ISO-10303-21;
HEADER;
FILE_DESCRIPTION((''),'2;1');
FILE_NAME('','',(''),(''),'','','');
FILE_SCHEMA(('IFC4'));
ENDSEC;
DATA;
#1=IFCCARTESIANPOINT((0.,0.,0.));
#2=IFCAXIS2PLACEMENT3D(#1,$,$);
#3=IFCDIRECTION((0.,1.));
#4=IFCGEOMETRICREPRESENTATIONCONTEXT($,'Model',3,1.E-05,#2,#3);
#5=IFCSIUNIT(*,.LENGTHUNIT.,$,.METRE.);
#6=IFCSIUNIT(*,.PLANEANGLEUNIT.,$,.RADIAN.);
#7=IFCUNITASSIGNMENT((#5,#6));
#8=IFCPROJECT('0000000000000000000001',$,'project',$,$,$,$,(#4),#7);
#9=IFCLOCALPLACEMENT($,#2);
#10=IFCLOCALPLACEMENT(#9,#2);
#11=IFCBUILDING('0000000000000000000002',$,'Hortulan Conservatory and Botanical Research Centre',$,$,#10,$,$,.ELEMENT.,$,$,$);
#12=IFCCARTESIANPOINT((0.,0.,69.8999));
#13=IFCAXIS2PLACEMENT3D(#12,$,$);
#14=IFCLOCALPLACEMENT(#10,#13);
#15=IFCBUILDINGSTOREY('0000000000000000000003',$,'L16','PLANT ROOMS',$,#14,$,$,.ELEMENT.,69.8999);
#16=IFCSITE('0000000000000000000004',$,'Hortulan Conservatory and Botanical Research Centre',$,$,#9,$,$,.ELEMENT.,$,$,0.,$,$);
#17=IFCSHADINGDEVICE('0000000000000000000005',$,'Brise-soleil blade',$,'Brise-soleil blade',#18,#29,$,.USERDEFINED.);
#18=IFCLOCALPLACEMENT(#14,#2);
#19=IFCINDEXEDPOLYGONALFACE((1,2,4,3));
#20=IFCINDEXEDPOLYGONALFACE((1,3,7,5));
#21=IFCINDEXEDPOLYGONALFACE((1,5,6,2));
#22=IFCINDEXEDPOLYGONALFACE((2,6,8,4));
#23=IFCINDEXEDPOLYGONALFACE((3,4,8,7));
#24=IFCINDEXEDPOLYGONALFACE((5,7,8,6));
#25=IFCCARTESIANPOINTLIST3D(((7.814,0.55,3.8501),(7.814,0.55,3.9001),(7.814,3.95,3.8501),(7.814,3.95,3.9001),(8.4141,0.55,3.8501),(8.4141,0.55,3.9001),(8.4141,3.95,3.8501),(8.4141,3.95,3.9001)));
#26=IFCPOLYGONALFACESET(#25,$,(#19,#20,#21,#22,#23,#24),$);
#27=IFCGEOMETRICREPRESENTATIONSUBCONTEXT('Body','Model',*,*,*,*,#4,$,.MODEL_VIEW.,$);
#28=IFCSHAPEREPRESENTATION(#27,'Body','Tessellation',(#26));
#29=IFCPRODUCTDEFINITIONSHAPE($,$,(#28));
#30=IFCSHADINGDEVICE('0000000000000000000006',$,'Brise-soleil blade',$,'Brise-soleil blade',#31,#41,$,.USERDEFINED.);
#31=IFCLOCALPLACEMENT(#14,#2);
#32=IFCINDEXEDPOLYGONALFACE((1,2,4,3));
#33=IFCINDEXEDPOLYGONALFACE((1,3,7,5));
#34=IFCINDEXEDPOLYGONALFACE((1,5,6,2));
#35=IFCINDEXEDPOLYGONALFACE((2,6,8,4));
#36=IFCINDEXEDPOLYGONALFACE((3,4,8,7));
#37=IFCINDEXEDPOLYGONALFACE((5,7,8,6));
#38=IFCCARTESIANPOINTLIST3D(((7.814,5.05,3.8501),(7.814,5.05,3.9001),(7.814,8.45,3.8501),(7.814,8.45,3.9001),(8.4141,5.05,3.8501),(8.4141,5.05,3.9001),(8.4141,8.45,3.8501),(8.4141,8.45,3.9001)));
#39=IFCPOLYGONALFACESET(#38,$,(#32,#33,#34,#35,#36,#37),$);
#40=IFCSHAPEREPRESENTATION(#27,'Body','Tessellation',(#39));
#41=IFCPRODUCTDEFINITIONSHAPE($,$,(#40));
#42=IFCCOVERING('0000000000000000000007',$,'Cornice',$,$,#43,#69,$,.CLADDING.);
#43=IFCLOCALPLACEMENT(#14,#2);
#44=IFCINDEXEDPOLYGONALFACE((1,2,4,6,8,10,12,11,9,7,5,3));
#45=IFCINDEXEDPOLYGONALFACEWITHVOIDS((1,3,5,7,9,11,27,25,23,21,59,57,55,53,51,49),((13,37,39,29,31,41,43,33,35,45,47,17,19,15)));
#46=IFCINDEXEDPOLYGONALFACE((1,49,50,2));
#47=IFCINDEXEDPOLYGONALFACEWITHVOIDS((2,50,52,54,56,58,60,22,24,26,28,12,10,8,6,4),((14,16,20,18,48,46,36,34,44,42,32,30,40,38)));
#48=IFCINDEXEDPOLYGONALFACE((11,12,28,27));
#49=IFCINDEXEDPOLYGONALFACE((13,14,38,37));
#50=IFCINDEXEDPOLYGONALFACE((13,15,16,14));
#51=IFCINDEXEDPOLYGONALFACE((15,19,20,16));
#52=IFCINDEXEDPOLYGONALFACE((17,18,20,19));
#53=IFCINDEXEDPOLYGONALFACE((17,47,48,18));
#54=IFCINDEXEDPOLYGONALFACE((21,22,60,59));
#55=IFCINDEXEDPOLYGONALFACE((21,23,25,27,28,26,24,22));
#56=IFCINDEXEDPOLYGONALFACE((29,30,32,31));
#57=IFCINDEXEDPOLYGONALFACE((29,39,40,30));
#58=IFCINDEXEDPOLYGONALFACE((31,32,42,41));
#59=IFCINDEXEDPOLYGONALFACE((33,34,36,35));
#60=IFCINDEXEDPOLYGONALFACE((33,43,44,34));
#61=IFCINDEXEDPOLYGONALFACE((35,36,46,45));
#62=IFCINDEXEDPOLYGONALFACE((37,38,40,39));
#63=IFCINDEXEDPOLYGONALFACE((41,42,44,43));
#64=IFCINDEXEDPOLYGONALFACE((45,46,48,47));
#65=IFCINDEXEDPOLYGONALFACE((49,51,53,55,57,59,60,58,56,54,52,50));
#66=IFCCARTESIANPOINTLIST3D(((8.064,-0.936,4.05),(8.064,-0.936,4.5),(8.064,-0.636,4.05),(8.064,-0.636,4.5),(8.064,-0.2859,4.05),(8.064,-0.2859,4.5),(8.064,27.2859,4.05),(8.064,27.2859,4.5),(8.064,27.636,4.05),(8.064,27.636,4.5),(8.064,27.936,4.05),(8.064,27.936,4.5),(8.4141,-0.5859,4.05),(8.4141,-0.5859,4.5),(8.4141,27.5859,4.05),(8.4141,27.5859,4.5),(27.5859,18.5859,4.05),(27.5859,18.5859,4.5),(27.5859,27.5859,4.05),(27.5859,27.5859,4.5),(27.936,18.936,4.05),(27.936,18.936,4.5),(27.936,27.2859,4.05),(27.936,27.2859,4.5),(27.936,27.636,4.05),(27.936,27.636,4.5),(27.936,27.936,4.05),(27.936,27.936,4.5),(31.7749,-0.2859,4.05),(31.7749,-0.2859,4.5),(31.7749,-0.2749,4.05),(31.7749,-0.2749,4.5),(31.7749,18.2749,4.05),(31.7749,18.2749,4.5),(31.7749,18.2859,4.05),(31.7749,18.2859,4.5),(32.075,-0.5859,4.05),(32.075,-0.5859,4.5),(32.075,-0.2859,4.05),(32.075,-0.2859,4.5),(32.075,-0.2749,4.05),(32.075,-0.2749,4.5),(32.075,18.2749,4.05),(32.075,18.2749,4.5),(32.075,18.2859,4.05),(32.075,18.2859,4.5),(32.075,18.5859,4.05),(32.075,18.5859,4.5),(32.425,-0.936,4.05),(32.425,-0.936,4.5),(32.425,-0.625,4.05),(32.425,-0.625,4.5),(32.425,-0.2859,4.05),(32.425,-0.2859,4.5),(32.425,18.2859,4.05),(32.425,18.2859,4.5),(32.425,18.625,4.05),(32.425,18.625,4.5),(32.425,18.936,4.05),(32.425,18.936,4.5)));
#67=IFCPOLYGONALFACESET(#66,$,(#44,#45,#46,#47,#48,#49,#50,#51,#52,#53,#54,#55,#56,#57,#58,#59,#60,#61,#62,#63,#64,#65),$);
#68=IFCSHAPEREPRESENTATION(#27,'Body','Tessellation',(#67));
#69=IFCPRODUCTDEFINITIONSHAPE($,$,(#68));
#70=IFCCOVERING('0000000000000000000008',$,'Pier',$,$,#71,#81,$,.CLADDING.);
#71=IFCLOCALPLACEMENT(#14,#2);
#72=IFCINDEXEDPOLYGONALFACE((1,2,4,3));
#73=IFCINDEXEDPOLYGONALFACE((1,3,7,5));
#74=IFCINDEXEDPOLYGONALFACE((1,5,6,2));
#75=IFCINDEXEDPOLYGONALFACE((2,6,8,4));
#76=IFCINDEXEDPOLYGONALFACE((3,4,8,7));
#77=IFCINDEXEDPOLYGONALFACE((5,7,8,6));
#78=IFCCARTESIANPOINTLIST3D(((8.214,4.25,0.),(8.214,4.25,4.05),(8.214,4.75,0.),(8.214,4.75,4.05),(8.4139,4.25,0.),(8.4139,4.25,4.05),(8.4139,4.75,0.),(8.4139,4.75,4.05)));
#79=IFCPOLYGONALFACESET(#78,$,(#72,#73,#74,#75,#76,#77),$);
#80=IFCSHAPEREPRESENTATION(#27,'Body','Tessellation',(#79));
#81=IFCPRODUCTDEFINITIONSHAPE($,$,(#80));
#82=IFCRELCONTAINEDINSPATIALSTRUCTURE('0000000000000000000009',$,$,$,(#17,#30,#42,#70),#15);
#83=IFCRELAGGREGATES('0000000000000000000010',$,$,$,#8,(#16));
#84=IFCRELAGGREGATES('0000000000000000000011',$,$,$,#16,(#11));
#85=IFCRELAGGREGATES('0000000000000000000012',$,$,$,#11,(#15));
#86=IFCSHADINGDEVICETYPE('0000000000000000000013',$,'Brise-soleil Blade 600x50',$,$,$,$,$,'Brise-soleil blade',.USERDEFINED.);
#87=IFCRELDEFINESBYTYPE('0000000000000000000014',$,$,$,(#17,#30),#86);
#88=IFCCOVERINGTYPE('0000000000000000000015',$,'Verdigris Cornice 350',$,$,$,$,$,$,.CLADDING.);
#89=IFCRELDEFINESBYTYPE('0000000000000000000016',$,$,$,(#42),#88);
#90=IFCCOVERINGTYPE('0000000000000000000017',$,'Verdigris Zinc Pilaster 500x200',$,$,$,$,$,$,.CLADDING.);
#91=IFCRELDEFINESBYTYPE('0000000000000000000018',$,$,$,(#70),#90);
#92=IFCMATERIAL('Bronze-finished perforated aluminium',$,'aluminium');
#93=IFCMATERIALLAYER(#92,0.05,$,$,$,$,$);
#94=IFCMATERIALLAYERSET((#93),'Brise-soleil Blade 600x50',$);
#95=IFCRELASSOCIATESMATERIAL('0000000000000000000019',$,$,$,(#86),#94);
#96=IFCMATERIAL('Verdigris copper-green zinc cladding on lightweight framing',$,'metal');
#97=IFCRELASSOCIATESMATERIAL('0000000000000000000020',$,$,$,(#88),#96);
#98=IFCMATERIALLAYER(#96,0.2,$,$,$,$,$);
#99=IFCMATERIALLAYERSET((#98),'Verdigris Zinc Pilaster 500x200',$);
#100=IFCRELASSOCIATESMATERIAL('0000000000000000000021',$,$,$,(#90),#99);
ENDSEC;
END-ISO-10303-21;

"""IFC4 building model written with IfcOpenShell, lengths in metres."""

from ifc_helpers import new_model, si_unit, direction, frame, origin, origin_2d, place, context, subcontext, project, spatial, polyline, rectangle, outline, extrude, material, layer, layer_set, type_object, element, save


model = new_model("IFC4")

# Units and contexts
model_context = context("Model", 3, precision=1e-05, world=origin(), true_north=direction((0.0, 1.0)))
body_context = subcontext(model_context, "Body", "Model", "MODEL_VIEW")
ifc_project = project(units=[si_unit("LENGTHUNIT", "METRE"), si_unit("PLANEANGLEUNIT", "RADIAN")], contexts=[model_context])

# Site, building, storey
site_placement = place(None, origin())
site = spatial("IfcSite", under=ifc_project, at=site_placement, Name="Hortulan Conservatory and Botanical Research Centre", CompositionType="ELEMENT", RefElevation=0.0)
building_placement = place(site_placement, origin())
building = spatial("IfcBuilding", under=site, at=building_placement, Name="Hortulan Conservatory and Botanical Research Centre", CompositionType="ELEMENT")
storey_placement = place(building_placement, frame((0.0, 0.0, 69.8999)))
storey = spatial("IfcBuildingStorey", under=building, at=storey_placement, Name="L16", Description="PLANT ROOMS", CompositionType="ELEMENT", Elevation=69.8999)

# Shared definitions
ifc_material_1 = material(Name="Verdigris copper-green zinc cladding on lightweight framing", Category="metal")

# Shading devices
ifc_material_2 = material(Name="Bronze-finished perforated aluminium", Category="aluminium")
ifc_layer_1 = layer(ifc_material_2, 0.05)
ifc_layer_set_1 = layer_set([ifc_layer_1], Name="Brise-soleil Blade 600x50")
shading_device_type = type_object("IfcShadingDeviceType", Name="Brise-soleil Blade 600x50", ElementType="Brise-soleil blade", PredefinedType="USERDEFINED", material=ifc_layer_set_1)
for number, where, z_axis, x_axis, name in (
    (1, (8.114, 2.25, 3.8501), (0.0, 0.0, 1.0), (0.0, 1.0, 0.0), "Brise-soleil blade"),
    (2, (8.114, 6.75, 3.8501), (0.0, 0.0, 1.0), (0.0, 1.0, 0.0), "Brise-soleil blade"),
):
    element("IfcShadingDevice", number, at=place(storey_placement, frame(where, z_axis=z_axis, x_axis=x_axis)), inside=storey, type_object=shading_device_type, Name=name, ObjectType="Brise-soleil blade", PredefinedType="USERDEFINED", context=body_context, shape_type="SweptSolid", body=[
        extrude(rectangle(XDim=3.3999, YDim=0.6001, at=origin_2d()), origin(), (0.0, 0.0, 1.0), 0.05),
    ])

# Coverings
covering_type_1 = type_object("IfcCoveringType", Name="Verdigris Cornice 350", PredefinedType="CLADDING", material=ifc_material_1)
covering_1_placement = place(storey_placement, frame((0.0, 0.0, 4.05)))
element("IfcCovering", 3, at=covering_1_placement, inside=storey, type_object=covering_type_1, Name="Cornice", PredefinedType="CLADDING", context=body_context, shape_type="SweptSolid", body=[
    extrude(outline(polyline([(32.425, -0.2859), (32.425, -0.625), (32.425, -0.936), (8.064, -0.936), (8.064, -0.636), (8.064, -0.2859), (8.064, 27.2859), (8.064, 27.636), (8.064, 27.936), (27.936, 27.936), (27.936, 27.636), (27.936, 27.2859), (27.936, 18.936), (32.425, 18.936), (32.425, 18.625), (32.425, 18.2859), (32.425, -0.2859)]), holes=[polyline([(31.7749, -0.2749), (32.075, -0.2749), (32.075, -0.2749), (32.075, -0.2749), (32.075, -0.2749), (32.075, -0.2749), (32.075, -0.2749), (32.075, -0.2749), (32.075, -0.2749), (32.075, -0.2749), (32.075, -0.2749), (32.075, -0.2749), (32.075, -0.2749), (32.075, -0.2749), (32.075, -0.2749), (32.075, -0.2749), (32.075, -0.2749), (32.075, -0.2749), (32.075, 18.2749), (32.075, 18.2749), (32.075, 18.2749), (32.075, 18.2749), (32.075, 18.2749), (32.075, 18.2749), (32.075, 18.2749), (32.075, 18.2749), (32.075, 18.2749), (32.075, 18.2749), (32.075, 18.2749), (32.075, 18.2749), (32.075, 18.2749), (32.075, 18.2749), (32.075, 18.2749), (32.075, 18.2749), (32.075, 18.2749), (31.7749, 18.2749), (31.7749, 18.2859), (32.075, 18.2859), (32.075, 18.2859), (32.075, 18.2859), (32.075, 18.2859), (32.075, 18.2859), (32.075, 18.2859), (32.075, 18.2859), (32.075, 18.2859), (32.075, 18.2859), (32.075, 18.2859), (32.075, 18.2859), (32.075, 18.2859), (32.075, 18.2859), (32.075, 18.2859), (32.075, 18.2859), (32.075, 18.2859), (32.075, 18.2859), (32.075, 18.5859), (32.075, 18.5859), (32.075, 18.5859), (32.075, 18.5859), (32.075, 18.5859), (32.075, 18.5859), (32.075, 18.5859), (32.075, 18.5859), (32.075, 18.5859), (32.075, 18.5859), (32.075, 18.5859), (32.075, 18.5859), (32.075, 18.5859), (32.075, 18.5859), (32.075, 18.5859), (32.075, 18.5859), (32.075, 18.5859), (27.5859, 18.5859), (27.5859, 27.5859), (27.5859, 27.5859), (27.5859, 27.5859), (27.5859, 27.5859), (27.5859, 27.5859), (27.5859, 27.5859), (27.5859, 27.5859), (27.5859, 27.5859), (27.5859, 27.5859), (27.5859, 27.5859), (27.5859, 27.5859), (27.5859, 27.5859), (27.5859, 27.5859), (27.5859, 27.5859), (27.5859, 27.5859), (27.5859, 27.5859), (27.5859, 27.5859), (8.4141, 27.5859), (8.4141, 27.5859), (8.4141, 27.5859), (8.4141, 27.5859), (8.4141, 27.5859), (8.4141, 27.5859), (8.4141, 27.5859), (8.4141, 27.5859), (8.4141, 27.5859), (8.4141, 27.5859), (8.4141, 27.5859), (8.4141, 27.5859), (8.4141, 27.5859), (8.4141, 27.5859), (8.4141, 27.5859), (8.4141, 27.5859), (8.4141, 27.5859), (8.4141, -0.5859), (8.4141, -0.5859), (8.4141, -0.5859), (8.4141, -0.5859), (8.4141, -0.5859), (8.4141, -0.5859), (8.4141, -0.5859), (8.4141, -0.5859), (8.4141, -0.5859), (8.4141, -0.5859), (8.4141, -0.5859), (8.4141, -0.5859), (8.4141, -0.5859), (8.4141, -0.5859), (8.4141, -0.5859), (8.4141, -0.5859), (8.4141, -0.5859), (32.075, -0.5859), (32.075, -0.5859), (32.075, -0.5859), (32.075, -0.5859), (32.075, -0.5859), (32.075, -0.5859), (32.075, -0.5859), (32.075, -0.5859), (32.075, -0.5859), (32.075, -0.5859), (32.075, -0.5859), (32.075, -0.5859), (32.075, -0.5859), (32.075, -0.5859), (32.075, -0.5859), (32.075, -0.5859), (32.075, -0.5859), (32.075, -0.2859), (32.075, -0.2859), (32.075, -0.2859), (32.075, -0.2859), (32.075, -0.2859), (32.075, -0.2859), (32.075, -0.2859), (32.075, -0.2859), (32.075, -0.2859), (32.075, -0.2859), (32.075, -0.2859), (32.075, -0.2859), (32.075, -0.2859), (32.075, -0.2859), (32.075, -0.2859), (32.075, -0.2859), (32.075, -0.2859), (31.7749, -0.2859), (31.7749, -0.2749)])]), origin(), (0.0, 0.0, 1.0), 0.45),
])
ifc_layer_2 = layer(ifc_material_1, 0.2)
ifc_layer_set_2 = layer_set([ifc_layer_2], Name="Verdigris Zinc Pilaster 500x200")
covering_type_2 = type_object("IfcCoveringType", Name="Verdigris Zinc Pilaster 500x200", PredefinedType="CLADDING", material=ifc_layer_set_2)
covering_2_placement = place(storey_placement, frame((8.314, 4.5, 0.0), z_axis=(0.0, 0.0, 1.0), x_axis=(0.0, 1.0, 0.0)))
element("IfcCovering", 4, at=covering_2_placement, inside=storey, type_object=covering_type_2, Name="Pier", PredefinedType="CLADDING", context=body_context, shape_type="SweptSolid", body=[
    extrude(rectangle(XDim=0.5, YDim=0.2, at=origin_2d()), origin(), (0.0, 0.0, 1.0), 4.05),
])

save(model, "model.ifc")
